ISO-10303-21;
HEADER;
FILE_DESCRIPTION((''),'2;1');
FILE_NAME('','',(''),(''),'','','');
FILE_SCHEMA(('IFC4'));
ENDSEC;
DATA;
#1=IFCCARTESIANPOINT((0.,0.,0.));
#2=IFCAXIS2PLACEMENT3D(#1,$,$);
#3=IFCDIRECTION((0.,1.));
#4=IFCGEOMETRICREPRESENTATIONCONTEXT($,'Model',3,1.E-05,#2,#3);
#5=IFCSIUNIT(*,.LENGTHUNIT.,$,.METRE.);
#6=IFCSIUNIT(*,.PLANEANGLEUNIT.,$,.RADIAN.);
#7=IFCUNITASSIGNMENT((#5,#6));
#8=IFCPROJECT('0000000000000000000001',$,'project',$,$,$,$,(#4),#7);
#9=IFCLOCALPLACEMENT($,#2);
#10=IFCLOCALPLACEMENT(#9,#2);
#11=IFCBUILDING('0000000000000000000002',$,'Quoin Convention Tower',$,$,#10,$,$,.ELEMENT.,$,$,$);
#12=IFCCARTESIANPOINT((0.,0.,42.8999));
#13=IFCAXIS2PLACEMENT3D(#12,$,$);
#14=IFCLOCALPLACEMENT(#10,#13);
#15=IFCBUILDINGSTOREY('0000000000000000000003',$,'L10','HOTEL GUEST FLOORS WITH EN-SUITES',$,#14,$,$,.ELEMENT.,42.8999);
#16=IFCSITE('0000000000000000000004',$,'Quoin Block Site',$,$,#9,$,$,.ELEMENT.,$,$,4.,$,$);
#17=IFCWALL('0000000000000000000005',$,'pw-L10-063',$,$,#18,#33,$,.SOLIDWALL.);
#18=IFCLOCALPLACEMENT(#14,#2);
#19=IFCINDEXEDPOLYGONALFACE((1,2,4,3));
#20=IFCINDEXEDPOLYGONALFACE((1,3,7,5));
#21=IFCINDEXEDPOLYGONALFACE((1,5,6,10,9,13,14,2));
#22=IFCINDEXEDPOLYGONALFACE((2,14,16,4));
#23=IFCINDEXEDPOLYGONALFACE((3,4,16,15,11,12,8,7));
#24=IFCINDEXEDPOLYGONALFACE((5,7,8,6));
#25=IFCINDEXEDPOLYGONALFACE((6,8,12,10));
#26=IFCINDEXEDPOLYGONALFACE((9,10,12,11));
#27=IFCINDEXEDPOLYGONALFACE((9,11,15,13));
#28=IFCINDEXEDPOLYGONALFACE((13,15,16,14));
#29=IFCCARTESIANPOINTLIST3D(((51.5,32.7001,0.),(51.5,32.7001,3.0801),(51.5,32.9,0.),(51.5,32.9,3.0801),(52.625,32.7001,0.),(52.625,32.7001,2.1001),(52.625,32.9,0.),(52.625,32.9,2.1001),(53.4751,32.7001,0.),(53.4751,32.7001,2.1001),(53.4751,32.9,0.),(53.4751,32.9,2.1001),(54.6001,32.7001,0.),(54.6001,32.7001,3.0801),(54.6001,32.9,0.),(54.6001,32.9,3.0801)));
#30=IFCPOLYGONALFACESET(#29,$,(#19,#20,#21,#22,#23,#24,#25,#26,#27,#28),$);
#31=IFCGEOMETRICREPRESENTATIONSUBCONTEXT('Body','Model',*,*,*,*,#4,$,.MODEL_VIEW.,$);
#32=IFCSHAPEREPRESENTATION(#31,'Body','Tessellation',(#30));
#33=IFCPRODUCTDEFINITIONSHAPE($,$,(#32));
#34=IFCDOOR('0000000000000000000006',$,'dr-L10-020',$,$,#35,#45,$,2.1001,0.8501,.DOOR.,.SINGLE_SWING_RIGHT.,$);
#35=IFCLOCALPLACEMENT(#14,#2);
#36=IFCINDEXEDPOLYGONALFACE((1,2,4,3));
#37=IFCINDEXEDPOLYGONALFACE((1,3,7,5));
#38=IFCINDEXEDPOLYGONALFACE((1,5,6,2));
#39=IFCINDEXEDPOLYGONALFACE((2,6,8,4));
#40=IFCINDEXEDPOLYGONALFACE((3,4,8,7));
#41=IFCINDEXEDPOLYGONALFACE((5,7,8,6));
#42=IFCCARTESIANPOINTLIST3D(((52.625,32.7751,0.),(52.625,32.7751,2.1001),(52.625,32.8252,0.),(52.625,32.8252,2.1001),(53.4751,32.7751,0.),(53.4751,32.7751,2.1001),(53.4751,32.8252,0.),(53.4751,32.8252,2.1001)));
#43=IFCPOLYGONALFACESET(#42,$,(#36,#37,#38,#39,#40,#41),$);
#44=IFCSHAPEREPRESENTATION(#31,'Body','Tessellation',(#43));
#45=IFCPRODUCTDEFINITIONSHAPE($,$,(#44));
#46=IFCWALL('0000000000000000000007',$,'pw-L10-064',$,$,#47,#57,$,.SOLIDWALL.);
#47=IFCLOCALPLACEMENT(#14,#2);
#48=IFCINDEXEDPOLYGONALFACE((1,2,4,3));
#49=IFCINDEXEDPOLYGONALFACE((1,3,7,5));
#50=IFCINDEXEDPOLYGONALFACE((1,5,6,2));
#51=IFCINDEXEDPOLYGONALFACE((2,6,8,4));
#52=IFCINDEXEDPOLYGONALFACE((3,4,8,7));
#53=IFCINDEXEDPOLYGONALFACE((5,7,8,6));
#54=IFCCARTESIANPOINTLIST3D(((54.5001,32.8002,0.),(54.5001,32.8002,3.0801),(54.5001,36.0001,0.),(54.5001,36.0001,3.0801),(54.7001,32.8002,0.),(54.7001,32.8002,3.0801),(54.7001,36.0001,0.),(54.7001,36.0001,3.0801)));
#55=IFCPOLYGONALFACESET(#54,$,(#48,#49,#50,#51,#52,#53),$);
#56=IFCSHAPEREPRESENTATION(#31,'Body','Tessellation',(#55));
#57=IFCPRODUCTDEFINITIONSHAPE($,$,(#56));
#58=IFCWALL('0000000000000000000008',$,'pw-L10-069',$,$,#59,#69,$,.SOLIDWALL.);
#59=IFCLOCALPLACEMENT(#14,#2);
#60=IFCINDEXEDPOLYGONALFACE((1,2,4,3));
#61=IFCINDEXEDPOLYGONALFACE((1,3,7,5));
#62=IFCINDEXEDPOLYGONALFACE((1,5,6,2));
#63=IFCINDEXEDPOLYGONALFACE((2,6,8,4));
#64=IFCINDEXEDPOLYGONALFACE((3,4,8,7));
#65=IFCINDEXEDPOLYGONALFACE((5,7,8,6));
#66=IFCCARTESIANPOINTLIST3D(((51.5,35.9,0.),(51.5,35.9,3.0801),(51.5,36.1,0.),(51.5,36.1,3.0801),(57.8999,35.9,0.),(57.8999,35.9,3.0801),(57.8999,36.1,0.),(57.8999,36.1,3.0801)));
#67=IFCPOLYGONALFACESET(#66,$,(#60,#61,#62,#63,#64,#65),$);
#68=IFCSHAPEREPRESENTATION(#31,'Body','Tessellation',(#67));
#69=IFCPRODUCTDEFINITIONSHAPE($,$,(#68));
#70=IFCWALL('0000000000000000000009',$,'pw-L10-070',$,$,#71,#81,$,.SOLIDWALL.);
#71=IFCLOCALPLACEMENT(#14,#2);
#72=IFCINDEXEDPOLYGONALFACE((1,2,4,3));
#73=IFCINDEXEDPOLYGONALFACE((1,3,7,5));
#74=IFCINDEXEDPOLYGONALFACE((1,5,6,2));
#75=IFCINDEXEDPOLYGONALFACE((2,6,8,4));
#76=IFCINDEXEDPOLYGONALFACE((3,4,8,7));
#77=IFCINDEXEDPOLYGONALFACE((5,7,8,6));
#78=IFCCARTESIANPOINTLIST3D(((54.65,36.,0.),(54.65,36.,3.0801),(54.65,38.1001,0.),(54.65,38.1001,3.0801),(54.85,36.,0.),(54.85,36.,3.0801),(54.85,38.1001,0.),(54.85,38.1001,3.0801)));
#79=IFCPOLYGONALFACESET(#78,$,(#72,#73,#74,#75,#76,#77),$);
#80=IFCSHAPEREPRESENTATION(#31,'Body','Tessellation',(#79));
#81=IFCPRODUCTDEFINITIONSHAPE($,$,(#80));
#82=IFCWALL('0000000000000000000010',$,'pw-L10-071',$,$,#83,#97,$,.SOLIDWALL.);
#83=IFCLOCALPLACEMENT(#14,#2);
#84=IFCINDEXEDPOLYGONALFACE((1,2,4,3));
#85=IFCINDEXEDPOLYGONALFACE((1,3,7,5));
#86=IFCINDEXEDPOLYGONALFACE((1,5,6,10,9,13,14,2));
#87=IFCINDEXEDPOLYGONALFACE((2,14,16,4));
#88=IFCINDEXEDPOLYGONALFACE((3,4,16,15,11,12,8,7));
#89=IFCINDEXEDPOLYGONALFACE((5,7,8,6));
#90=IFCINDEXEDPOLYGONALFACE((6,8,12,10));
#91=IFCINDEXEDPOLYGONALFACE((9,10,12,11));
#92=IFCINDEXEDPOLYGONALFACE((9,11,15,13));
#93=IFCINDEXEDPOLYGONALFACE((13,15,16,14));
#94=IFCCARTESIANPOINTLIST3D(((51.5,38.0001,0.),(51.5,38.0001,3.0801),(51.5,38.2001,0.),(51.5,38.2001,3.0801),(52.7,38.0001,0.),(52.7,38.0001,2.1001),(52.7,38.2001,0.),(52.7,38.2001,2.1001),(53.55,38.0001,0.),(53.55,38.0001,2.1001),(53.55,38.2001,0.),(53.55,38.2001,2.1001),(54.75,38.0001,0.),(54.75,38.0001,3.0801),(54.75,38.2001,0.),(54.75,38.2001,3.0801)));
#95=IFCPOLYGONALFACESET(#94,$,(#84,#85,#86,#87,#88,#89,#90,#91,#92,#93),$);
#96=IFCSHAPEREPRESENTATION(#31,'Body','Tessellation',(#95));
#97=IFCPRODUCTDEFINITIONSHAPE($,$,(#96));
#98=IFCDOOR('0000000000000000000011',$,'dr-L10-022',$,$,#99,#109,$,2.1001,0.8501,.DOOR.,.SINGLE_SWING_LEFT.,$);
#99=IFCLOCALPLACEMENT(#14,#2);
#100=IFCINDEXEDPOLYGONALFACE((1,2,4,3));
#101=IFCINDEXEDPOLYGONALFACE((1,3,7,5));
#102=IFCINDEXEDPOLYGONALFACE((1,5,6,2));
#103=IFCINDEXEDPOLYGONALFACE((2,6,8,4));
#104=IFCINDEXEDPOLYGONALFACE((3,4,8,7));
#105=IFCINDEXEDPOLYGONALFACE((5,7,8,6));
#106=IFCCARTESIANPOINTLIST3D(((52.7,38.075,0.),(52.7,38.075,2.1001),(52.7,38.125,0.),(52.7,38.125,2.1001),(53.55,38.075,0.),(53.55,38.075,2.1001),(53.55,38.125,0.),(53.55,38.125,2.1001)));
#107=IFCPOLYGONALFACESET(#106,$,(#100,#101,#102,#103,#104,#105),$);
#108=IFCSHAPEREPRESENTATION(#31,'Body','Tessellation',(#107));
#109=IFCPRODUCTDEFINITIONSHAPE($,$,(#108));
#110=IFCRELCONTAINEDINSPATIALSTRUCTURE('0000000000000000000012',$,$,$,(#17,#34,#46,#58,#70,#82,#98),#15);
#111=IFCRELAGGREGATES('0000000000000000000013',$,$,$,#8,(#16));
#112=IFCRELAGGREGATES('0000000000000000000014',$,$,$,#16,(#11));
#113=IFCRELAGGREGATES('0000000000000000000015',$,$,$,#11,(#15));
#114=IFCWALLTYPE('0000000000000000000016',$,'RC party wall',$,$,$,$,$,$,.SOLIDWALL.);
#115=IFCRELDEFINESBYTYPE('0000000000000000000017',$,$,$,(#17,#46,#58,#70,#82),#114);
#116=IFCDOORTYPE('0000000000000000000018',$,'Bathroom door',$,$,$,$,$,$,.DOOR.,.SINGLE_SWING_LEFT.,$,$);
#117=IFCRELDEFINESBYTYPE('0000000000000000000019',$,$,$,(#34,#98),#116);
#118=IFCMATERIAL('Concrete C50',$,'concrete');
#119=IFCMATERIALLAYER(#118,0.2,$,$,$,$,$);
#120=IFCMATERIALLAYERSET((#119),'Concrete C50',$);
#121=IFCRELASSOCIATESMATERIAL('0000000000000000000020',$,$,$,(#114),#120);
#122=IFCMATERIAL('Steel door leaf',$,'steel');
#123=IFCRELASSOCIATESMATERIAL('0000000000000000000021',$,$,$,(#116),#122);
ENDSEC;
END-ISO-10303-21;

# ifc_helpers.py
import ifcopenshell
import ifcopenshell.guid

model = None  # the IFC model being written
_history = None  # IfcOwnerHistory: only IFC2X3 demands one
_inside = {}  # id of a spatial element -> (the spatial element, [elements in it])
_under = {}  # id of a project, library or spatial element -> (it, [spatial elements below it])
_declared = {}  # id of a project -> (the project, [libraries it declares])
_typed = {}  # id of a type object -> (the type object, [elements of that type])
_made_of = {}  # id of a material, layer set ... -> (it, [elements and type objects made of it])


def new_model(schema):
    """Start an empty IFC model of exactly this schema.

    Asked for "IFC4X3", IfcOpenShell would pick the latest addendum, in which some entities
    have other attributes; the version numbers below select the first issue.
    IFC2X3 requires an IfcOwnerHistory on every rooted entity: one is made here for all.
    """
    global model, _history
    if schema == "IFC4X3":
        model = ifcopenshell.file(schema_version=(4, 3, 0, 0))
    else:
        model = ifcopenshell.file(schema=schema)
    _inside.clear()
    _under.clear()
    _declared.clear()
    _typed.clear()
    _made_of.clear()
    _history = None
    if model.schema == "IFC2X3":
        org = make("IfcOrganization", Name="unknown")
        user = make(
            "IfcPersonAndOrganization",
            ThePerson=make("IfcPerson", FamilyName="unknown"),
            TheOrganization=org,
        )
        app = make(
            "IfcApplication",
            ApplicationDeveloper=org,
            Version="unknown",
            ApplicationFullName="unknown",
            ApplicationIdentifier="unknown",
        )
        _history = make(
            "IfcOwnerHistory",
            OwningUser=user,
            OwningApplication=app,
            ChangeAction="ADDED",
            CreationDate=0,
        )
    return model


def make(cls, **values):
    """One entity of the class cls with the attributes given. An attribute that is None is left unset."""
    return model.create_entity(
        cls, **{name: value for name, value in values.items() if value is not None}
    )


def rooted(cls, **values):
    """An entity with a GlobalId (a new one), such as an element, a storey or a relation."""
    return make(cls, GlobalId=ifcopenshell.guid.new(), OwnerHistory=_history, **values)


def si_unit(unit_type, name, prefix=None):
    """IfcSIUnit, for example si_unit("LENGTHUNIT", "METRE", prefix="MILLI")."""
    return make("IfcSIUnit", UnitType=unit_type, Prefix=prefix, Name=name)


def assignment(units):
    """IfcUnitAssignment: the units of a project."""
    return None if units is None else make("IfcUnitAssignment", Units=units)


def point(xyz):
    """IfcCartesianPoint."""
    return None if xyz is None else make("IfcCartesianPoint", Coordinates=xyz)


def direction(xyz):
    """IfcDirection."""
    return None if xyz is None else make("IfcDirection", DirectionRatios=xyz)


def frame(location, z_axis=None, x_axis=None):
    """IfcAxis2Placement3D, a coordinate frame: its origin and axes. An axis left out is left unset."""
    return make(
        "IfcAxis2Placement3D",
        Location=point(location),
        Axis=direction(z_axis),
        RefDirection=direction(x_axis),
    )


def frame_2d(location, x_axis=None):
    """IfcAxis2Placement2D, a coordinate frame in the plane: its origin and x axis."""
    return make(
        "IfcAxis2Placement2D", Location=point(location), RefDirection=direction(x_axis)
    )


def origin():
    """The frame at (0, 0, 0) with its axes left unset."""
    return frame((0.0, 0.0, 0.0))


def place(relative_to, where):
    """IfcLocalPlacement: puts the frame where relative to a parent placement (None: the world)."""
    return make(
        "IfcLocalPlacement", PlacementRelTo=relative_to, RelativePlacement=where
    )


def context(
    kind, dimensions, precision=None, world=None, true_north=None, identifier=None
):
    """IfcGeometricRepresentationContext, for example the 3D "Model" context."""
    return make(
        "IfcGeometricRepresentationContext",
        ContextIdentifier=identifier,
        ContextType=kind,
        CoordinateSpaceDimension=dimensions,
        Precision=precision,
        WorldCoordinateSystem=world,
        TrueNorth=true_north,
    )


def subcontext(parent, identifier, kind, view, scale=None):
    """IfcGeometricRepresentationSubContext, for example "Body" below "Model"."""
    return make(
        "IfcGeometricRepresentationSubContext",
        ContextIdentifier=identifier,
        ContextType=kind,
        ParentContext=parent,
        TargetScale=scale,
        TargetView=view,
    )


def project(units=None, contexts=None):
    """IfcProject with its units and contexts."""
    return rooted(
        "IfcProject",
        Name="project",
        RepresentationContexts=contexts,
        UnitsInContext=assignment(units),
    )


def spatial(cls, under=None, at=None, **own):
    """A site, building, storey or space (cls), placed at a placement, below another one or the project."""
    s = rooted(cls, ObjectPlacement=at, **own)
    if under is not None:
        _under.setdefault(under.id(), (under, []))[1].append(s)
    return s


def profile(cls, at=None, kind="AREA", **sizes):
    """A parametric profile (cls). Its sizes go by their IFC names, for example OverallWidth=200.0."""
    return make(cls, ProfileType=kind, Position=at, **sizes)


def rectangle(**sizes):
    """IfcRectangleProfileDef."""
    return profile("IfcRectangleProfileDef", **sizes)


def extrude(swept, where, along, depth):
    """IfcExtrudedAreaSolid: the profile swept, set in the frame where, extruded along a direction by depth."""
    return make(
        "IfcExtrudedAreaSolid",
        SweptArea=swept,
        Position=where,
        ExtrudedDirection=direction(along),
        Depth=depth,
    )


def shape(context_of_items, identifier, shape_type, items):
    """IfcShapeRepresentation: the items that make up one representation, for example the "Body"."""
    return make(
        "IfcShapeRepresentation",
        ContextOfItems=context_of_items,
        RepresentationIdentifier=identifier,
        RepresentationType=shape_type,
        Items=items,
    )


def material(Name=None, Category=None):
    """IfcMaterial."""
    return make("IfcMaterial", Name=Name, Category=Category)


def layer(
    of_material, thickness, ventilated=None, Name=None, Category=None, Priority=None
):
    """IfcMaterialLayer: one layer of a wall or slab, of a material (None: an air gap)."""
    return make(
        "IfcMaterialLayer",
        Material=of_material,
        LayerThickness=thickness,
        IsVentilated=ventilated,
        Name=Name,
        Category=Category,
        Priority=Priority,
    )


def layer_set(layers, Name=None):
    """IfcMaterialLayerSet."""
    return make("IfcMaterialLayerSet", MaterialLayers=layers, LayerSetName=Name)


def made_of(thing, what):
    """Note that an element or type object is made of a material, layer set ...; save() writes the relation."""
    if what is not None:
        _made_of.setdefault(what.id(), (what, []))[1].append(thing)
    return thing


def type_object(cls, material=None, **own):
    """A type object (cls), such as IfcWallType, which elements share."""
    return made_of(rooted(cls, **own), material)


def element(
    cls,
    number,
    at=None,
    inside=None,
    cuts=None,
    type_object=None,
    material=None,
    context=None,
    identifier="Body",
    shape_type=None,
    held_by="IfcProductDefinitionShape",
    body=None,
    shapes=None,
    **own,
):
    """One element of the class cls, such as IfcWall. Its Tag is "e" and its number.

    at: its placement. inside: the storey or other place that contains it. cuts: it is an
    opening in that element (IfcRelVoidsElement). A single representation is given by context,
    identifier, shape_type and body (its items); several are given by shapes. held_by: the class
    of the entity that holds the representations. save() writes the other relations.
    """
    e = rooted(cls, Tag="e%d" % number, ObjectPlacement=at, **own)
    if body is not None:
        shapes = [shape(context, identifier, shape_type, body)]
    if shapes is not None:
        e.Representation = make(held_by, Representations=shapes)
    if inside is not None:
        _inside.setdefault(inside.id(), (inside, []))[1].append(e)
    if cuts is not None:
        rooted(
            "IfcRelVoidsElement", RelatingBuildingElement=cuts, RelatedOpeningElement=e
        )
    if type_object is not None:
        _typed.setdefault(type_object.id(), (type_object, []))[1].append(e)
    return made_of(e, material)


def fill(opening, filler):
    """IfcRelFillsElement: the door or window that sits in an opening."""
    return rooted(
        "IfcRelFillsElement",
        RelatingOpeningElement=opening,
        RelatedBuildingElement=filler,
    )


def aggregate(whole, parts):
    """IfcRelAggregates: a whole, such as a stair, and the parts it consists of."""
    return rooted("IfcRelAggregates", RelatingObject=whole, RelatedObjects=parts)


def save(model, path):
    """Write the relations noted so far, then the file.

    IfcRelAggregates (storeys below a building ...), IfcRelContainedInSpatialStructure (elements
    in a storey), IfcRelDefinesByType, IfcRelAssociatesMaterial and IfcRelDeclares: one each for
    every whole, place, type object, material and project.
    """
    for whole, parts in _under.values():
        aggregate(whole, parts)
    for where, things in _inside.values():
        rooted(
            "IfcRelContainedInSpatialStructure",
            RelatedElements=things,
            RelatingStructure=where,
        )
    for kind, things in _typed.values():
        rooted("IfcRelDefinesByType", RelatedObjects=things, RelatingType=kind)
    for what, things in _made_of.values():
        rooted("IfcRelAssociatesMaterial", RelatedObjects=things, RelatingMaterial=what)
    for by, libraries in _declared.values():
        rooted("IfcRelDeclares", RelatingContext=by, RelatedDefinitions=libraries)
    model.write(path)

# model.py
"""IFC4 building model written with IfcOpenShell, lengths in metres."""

from ifc_helpers import new_model, si_unit, direction, frame, frame_2d, origin, place, context, subcontext, project, spatial, rectangle, extrude, material, layer, layer_set, type_object, element, fill, save


model = new_model("IFC4")

# Units and contexts
model_context = context("Model", 3, precision=1e-05, world=origin(), true_north=direction((0.0, 1.0)))
body_context = subcontext(model_context, "Body", "Model", "MODEL_VIEW")
ifc_project = project(units=[si_unit("LENGTHUNIT", "METRE"), si_unit("PLANEANGLEUNIT", "RADIAN")], contexts=[model_context])

# Site, building, storey
site_placement = place(None, origin())
site = spatial("IfcSite", under=ifc_project, at=site_placement, Name="Quoin Block Site", CompositionType="ELEMENT", RefElevation=4.0)
building_placement = place(site_placement, origin())
building = spatial("IfcBuilding", under=site, at=building_placement, Name="Quoin Convention Tower", CompositionType="ELEMENT")
storey_placement = place(building_placement, frame((0.0, 0.0, 42.8999)))
storey = spatial("IfcBuildingStorey", under=building, at=storey_placement, Name="L10", Description="HOTEL GUEST FLOORS WITH EN-SUITES", CompositionType="ELEMENT", Elevation=42.8999)

# Shared definitions
ifc_material_1 = material(Name="Concrete C50", Category="concrete")
ifc_layer_1 = layer(ifc_material_1, 0.2)
ifc_layer_set_1 = layer_set([ifc_layer_1], Name="Concrete C50")
wall_type_1 = type_object("IfcWallType", Name="RC party wall", PredefinedType="SOLIDWALL", material=ifc_layer_set_1)

# Wall, opening, door
wall_1_placement = place(storey_placement, frame((51.5, 32.8, 0.0), z_axis=(0.0, 0.0, 1.0), x_axis=(1.0, 0.0, 0.0)))
wall_1 = element("IfcWall", 1, at=wall_1_placement, inside=storey, type_object=wall_type_1, Name="pw-L10-063", PredefinedType="SOLIDWALL", context=body_context, shape_type="SweptSolid", body=[
    extrude(rectangle(XDim=3.1001, YDim=0.2, at=frame_2d((1.55, 0.0))), origin(), (0.0, 0.0, 1.0), 3.0801),
])
opening_1_placement = place(wall_1_placement, frame((1.125, 0.0, 0.0)))
opening_1 = element("IfcOpeningElement", 2, at=opening_1_placement, cuts=wall_1, PredefinedType="OPENING", context=body_context, shape_type="SweptSolid", body=[
    extrude(rectangle(XDim=0.8501, YDim=2.1001, at=frame_2d((0.425, 1.05))), frame((0.0, 0.1099, 0.0), z_axis=(0.0, -1.0, 0.0), x_axis=(1.0, 0.0, 0.0)), (0.0, 0.0, 1.0), 0.22),
])
ifc_material_2 = material(Name="Steel door leaf", Category="steel")
door_type = type_object("IfcDoorType", Name="Bathroom door", OperationType="SINGLE_SWING_LEFT", PredefinedType="DOOR", material=ifc_material_2)
door_1_placement = place(opening_1_placement, frame((0.8501, 0.0, 0.0), z_axis=(0.0, 0.0, 1.0), x_axis=(-1.0, 0.0, 0.0)))
door_1 = element("IfcDoor", 3, at=door_1_placement, inside=storey, type_object=door_type, Name="dr-L10-020", OperationType="SINGLE_SWING_RIGHT", OverallHeight=2.1001, OverallWidth=0.8501, PredefinedType="DOOR", context=body_context, shape_type="SweptSolid", body=[
    extrude(rectangle(XDim=0.8501, YDim=2.1001, at=frame_2d((0.425, 1.05))), frame((0.0, 0.0249, 0.0), z_axis=(0.0, -1.0, 0.0), x_axis=(1.0, 0.0, 0.0)), (0.0, 0.0, 1.0), 0.05),
])
fill(opening_1, door_1)

# Walls
wall_2_placement = place(storey_placement, frame((54.6001, 32.8, 0.0), z_axis=(0.0, 0.0, 1.0), x_axis=(0.0, 1.0, 0.0)))
element("IfcWall", 4, at=wall_2_placement, inside=storey, type_object=wall_type_1, Name="pw-L10-064", PredefinedType="SOLIDWALL", context=body_context, shape_type="SweptSolid", body=[
    extrude(rectangle(XDim=3.2, YDim=0.2, at=frame_2d((1.6001, 0.0))), origin(), (0.0, 0.0, 1.0), 3.0801),
])
wall_3_placement = place(storey_placement, frame((51.5, 36.0, 0.0), z_axis=(0.0, 0.0, 1.0), x_axis=(1.0, 0.0, 0.0)))
element("IfcWall", 5, at=wall_3_placement, inside=storey, type_object=wall_type_1, Name="pw-L10-069", PredefinedType="SOLIDWALL", context=body_context, shape_type="SweptSolid", body=[
    extrude(rectangle(XDim=6.3999, YDim=0.2, at=frame_2d((3.2, 0.0))), origin(), (0.0, 0.0, 1.0), 3.0801),
])
wall_4_placement = place(storey_placement, frame((54.75, 36.0, 0.0), z_axis=(0.0, 0.0, 1.0), x_axis=(0.0, 1.0, 0.0)))
element("IfcWall", 6, at=wall_4_placement, inside=storey, type_object=wall_type_1, Name="pw-L10-070", PredefinedType="SOLIDWALL", context=body_context, shape_type="SweptSolid", body=[
    extrude(rectangle(XDim=2.1001, YDim=0.2, at=frame_2d((1.05, 0.0))), origin(), (0.0, 0.0, 1.0), 3.0801),
])

# Wall, opening, door
wall_5_placement = place(storey_placement, frame((51.5, 38.1001, 0.0), z_axis=(0.0, 0.0, 1.0), x_axis=(1.0, 0.0, 0.0)))
wall_5 = element("IfcWall", 7, at=wall_5_placement, inside=storey, type_object=wall_type_1, Name="pw-L10-071", PredefinedType="SOLIDWALL", context=body_context, shape_type="SweptSolid", body=[
    extrude(rectangle(XDim=3.25, YDim=0.2, at=frame_2d((1.625, 0.0))), origin(), (0.0, 0.0, 1.0), 3.0801),
])
opening_2_placement = place(wall_5_placement, frame((1.2, 0.0, 0.0)))
opening_2 = element("IfcOpeningElement", 8, at=opening_2_placement, cuts=wall_5, PredefinedType="OPENING", context=body_context, shape_type="SweptSolid", body=[
    extrude(rectangle(XDim=0.8501, YDim=2.1001, at=frame_2d((0.425, 1.05))), frame((0.0, 0.1099, 0.0), z_axis=(0.0, -1.0, 0.0), x_axis=(1.0, 0.0, 0.0)), (0.0, 0.0, 1.0), 0.22),
])
door_2_placement = place(opening_2_placement, origin())
door_2 = element("IfcDoor", 9, at=door_2_placement, inside=storey, type_object=door_type, Name="dr-L10-022", OperationType="SINGLE_SWING_LEFT", OverallHeight=2.1001, OverallWidth=0.8501, PredefinedType="DOOR", context=body_context, shape_type="SweptSolid", body=[
    extrude(rectangle(XDim=0.8501, YDim=2.1001, at=frame_2d((0.425, 1.05))), frame((0.0, 0.0249, 0.0), z_axis=(0.0, -1.0, 0.0), x_axis=(1.0, 0.0, 0.0)), (0.0, 0.0, 1.0), 0.05),
])
fill(opening_2, door_2)

save(model, "model.ifc")
